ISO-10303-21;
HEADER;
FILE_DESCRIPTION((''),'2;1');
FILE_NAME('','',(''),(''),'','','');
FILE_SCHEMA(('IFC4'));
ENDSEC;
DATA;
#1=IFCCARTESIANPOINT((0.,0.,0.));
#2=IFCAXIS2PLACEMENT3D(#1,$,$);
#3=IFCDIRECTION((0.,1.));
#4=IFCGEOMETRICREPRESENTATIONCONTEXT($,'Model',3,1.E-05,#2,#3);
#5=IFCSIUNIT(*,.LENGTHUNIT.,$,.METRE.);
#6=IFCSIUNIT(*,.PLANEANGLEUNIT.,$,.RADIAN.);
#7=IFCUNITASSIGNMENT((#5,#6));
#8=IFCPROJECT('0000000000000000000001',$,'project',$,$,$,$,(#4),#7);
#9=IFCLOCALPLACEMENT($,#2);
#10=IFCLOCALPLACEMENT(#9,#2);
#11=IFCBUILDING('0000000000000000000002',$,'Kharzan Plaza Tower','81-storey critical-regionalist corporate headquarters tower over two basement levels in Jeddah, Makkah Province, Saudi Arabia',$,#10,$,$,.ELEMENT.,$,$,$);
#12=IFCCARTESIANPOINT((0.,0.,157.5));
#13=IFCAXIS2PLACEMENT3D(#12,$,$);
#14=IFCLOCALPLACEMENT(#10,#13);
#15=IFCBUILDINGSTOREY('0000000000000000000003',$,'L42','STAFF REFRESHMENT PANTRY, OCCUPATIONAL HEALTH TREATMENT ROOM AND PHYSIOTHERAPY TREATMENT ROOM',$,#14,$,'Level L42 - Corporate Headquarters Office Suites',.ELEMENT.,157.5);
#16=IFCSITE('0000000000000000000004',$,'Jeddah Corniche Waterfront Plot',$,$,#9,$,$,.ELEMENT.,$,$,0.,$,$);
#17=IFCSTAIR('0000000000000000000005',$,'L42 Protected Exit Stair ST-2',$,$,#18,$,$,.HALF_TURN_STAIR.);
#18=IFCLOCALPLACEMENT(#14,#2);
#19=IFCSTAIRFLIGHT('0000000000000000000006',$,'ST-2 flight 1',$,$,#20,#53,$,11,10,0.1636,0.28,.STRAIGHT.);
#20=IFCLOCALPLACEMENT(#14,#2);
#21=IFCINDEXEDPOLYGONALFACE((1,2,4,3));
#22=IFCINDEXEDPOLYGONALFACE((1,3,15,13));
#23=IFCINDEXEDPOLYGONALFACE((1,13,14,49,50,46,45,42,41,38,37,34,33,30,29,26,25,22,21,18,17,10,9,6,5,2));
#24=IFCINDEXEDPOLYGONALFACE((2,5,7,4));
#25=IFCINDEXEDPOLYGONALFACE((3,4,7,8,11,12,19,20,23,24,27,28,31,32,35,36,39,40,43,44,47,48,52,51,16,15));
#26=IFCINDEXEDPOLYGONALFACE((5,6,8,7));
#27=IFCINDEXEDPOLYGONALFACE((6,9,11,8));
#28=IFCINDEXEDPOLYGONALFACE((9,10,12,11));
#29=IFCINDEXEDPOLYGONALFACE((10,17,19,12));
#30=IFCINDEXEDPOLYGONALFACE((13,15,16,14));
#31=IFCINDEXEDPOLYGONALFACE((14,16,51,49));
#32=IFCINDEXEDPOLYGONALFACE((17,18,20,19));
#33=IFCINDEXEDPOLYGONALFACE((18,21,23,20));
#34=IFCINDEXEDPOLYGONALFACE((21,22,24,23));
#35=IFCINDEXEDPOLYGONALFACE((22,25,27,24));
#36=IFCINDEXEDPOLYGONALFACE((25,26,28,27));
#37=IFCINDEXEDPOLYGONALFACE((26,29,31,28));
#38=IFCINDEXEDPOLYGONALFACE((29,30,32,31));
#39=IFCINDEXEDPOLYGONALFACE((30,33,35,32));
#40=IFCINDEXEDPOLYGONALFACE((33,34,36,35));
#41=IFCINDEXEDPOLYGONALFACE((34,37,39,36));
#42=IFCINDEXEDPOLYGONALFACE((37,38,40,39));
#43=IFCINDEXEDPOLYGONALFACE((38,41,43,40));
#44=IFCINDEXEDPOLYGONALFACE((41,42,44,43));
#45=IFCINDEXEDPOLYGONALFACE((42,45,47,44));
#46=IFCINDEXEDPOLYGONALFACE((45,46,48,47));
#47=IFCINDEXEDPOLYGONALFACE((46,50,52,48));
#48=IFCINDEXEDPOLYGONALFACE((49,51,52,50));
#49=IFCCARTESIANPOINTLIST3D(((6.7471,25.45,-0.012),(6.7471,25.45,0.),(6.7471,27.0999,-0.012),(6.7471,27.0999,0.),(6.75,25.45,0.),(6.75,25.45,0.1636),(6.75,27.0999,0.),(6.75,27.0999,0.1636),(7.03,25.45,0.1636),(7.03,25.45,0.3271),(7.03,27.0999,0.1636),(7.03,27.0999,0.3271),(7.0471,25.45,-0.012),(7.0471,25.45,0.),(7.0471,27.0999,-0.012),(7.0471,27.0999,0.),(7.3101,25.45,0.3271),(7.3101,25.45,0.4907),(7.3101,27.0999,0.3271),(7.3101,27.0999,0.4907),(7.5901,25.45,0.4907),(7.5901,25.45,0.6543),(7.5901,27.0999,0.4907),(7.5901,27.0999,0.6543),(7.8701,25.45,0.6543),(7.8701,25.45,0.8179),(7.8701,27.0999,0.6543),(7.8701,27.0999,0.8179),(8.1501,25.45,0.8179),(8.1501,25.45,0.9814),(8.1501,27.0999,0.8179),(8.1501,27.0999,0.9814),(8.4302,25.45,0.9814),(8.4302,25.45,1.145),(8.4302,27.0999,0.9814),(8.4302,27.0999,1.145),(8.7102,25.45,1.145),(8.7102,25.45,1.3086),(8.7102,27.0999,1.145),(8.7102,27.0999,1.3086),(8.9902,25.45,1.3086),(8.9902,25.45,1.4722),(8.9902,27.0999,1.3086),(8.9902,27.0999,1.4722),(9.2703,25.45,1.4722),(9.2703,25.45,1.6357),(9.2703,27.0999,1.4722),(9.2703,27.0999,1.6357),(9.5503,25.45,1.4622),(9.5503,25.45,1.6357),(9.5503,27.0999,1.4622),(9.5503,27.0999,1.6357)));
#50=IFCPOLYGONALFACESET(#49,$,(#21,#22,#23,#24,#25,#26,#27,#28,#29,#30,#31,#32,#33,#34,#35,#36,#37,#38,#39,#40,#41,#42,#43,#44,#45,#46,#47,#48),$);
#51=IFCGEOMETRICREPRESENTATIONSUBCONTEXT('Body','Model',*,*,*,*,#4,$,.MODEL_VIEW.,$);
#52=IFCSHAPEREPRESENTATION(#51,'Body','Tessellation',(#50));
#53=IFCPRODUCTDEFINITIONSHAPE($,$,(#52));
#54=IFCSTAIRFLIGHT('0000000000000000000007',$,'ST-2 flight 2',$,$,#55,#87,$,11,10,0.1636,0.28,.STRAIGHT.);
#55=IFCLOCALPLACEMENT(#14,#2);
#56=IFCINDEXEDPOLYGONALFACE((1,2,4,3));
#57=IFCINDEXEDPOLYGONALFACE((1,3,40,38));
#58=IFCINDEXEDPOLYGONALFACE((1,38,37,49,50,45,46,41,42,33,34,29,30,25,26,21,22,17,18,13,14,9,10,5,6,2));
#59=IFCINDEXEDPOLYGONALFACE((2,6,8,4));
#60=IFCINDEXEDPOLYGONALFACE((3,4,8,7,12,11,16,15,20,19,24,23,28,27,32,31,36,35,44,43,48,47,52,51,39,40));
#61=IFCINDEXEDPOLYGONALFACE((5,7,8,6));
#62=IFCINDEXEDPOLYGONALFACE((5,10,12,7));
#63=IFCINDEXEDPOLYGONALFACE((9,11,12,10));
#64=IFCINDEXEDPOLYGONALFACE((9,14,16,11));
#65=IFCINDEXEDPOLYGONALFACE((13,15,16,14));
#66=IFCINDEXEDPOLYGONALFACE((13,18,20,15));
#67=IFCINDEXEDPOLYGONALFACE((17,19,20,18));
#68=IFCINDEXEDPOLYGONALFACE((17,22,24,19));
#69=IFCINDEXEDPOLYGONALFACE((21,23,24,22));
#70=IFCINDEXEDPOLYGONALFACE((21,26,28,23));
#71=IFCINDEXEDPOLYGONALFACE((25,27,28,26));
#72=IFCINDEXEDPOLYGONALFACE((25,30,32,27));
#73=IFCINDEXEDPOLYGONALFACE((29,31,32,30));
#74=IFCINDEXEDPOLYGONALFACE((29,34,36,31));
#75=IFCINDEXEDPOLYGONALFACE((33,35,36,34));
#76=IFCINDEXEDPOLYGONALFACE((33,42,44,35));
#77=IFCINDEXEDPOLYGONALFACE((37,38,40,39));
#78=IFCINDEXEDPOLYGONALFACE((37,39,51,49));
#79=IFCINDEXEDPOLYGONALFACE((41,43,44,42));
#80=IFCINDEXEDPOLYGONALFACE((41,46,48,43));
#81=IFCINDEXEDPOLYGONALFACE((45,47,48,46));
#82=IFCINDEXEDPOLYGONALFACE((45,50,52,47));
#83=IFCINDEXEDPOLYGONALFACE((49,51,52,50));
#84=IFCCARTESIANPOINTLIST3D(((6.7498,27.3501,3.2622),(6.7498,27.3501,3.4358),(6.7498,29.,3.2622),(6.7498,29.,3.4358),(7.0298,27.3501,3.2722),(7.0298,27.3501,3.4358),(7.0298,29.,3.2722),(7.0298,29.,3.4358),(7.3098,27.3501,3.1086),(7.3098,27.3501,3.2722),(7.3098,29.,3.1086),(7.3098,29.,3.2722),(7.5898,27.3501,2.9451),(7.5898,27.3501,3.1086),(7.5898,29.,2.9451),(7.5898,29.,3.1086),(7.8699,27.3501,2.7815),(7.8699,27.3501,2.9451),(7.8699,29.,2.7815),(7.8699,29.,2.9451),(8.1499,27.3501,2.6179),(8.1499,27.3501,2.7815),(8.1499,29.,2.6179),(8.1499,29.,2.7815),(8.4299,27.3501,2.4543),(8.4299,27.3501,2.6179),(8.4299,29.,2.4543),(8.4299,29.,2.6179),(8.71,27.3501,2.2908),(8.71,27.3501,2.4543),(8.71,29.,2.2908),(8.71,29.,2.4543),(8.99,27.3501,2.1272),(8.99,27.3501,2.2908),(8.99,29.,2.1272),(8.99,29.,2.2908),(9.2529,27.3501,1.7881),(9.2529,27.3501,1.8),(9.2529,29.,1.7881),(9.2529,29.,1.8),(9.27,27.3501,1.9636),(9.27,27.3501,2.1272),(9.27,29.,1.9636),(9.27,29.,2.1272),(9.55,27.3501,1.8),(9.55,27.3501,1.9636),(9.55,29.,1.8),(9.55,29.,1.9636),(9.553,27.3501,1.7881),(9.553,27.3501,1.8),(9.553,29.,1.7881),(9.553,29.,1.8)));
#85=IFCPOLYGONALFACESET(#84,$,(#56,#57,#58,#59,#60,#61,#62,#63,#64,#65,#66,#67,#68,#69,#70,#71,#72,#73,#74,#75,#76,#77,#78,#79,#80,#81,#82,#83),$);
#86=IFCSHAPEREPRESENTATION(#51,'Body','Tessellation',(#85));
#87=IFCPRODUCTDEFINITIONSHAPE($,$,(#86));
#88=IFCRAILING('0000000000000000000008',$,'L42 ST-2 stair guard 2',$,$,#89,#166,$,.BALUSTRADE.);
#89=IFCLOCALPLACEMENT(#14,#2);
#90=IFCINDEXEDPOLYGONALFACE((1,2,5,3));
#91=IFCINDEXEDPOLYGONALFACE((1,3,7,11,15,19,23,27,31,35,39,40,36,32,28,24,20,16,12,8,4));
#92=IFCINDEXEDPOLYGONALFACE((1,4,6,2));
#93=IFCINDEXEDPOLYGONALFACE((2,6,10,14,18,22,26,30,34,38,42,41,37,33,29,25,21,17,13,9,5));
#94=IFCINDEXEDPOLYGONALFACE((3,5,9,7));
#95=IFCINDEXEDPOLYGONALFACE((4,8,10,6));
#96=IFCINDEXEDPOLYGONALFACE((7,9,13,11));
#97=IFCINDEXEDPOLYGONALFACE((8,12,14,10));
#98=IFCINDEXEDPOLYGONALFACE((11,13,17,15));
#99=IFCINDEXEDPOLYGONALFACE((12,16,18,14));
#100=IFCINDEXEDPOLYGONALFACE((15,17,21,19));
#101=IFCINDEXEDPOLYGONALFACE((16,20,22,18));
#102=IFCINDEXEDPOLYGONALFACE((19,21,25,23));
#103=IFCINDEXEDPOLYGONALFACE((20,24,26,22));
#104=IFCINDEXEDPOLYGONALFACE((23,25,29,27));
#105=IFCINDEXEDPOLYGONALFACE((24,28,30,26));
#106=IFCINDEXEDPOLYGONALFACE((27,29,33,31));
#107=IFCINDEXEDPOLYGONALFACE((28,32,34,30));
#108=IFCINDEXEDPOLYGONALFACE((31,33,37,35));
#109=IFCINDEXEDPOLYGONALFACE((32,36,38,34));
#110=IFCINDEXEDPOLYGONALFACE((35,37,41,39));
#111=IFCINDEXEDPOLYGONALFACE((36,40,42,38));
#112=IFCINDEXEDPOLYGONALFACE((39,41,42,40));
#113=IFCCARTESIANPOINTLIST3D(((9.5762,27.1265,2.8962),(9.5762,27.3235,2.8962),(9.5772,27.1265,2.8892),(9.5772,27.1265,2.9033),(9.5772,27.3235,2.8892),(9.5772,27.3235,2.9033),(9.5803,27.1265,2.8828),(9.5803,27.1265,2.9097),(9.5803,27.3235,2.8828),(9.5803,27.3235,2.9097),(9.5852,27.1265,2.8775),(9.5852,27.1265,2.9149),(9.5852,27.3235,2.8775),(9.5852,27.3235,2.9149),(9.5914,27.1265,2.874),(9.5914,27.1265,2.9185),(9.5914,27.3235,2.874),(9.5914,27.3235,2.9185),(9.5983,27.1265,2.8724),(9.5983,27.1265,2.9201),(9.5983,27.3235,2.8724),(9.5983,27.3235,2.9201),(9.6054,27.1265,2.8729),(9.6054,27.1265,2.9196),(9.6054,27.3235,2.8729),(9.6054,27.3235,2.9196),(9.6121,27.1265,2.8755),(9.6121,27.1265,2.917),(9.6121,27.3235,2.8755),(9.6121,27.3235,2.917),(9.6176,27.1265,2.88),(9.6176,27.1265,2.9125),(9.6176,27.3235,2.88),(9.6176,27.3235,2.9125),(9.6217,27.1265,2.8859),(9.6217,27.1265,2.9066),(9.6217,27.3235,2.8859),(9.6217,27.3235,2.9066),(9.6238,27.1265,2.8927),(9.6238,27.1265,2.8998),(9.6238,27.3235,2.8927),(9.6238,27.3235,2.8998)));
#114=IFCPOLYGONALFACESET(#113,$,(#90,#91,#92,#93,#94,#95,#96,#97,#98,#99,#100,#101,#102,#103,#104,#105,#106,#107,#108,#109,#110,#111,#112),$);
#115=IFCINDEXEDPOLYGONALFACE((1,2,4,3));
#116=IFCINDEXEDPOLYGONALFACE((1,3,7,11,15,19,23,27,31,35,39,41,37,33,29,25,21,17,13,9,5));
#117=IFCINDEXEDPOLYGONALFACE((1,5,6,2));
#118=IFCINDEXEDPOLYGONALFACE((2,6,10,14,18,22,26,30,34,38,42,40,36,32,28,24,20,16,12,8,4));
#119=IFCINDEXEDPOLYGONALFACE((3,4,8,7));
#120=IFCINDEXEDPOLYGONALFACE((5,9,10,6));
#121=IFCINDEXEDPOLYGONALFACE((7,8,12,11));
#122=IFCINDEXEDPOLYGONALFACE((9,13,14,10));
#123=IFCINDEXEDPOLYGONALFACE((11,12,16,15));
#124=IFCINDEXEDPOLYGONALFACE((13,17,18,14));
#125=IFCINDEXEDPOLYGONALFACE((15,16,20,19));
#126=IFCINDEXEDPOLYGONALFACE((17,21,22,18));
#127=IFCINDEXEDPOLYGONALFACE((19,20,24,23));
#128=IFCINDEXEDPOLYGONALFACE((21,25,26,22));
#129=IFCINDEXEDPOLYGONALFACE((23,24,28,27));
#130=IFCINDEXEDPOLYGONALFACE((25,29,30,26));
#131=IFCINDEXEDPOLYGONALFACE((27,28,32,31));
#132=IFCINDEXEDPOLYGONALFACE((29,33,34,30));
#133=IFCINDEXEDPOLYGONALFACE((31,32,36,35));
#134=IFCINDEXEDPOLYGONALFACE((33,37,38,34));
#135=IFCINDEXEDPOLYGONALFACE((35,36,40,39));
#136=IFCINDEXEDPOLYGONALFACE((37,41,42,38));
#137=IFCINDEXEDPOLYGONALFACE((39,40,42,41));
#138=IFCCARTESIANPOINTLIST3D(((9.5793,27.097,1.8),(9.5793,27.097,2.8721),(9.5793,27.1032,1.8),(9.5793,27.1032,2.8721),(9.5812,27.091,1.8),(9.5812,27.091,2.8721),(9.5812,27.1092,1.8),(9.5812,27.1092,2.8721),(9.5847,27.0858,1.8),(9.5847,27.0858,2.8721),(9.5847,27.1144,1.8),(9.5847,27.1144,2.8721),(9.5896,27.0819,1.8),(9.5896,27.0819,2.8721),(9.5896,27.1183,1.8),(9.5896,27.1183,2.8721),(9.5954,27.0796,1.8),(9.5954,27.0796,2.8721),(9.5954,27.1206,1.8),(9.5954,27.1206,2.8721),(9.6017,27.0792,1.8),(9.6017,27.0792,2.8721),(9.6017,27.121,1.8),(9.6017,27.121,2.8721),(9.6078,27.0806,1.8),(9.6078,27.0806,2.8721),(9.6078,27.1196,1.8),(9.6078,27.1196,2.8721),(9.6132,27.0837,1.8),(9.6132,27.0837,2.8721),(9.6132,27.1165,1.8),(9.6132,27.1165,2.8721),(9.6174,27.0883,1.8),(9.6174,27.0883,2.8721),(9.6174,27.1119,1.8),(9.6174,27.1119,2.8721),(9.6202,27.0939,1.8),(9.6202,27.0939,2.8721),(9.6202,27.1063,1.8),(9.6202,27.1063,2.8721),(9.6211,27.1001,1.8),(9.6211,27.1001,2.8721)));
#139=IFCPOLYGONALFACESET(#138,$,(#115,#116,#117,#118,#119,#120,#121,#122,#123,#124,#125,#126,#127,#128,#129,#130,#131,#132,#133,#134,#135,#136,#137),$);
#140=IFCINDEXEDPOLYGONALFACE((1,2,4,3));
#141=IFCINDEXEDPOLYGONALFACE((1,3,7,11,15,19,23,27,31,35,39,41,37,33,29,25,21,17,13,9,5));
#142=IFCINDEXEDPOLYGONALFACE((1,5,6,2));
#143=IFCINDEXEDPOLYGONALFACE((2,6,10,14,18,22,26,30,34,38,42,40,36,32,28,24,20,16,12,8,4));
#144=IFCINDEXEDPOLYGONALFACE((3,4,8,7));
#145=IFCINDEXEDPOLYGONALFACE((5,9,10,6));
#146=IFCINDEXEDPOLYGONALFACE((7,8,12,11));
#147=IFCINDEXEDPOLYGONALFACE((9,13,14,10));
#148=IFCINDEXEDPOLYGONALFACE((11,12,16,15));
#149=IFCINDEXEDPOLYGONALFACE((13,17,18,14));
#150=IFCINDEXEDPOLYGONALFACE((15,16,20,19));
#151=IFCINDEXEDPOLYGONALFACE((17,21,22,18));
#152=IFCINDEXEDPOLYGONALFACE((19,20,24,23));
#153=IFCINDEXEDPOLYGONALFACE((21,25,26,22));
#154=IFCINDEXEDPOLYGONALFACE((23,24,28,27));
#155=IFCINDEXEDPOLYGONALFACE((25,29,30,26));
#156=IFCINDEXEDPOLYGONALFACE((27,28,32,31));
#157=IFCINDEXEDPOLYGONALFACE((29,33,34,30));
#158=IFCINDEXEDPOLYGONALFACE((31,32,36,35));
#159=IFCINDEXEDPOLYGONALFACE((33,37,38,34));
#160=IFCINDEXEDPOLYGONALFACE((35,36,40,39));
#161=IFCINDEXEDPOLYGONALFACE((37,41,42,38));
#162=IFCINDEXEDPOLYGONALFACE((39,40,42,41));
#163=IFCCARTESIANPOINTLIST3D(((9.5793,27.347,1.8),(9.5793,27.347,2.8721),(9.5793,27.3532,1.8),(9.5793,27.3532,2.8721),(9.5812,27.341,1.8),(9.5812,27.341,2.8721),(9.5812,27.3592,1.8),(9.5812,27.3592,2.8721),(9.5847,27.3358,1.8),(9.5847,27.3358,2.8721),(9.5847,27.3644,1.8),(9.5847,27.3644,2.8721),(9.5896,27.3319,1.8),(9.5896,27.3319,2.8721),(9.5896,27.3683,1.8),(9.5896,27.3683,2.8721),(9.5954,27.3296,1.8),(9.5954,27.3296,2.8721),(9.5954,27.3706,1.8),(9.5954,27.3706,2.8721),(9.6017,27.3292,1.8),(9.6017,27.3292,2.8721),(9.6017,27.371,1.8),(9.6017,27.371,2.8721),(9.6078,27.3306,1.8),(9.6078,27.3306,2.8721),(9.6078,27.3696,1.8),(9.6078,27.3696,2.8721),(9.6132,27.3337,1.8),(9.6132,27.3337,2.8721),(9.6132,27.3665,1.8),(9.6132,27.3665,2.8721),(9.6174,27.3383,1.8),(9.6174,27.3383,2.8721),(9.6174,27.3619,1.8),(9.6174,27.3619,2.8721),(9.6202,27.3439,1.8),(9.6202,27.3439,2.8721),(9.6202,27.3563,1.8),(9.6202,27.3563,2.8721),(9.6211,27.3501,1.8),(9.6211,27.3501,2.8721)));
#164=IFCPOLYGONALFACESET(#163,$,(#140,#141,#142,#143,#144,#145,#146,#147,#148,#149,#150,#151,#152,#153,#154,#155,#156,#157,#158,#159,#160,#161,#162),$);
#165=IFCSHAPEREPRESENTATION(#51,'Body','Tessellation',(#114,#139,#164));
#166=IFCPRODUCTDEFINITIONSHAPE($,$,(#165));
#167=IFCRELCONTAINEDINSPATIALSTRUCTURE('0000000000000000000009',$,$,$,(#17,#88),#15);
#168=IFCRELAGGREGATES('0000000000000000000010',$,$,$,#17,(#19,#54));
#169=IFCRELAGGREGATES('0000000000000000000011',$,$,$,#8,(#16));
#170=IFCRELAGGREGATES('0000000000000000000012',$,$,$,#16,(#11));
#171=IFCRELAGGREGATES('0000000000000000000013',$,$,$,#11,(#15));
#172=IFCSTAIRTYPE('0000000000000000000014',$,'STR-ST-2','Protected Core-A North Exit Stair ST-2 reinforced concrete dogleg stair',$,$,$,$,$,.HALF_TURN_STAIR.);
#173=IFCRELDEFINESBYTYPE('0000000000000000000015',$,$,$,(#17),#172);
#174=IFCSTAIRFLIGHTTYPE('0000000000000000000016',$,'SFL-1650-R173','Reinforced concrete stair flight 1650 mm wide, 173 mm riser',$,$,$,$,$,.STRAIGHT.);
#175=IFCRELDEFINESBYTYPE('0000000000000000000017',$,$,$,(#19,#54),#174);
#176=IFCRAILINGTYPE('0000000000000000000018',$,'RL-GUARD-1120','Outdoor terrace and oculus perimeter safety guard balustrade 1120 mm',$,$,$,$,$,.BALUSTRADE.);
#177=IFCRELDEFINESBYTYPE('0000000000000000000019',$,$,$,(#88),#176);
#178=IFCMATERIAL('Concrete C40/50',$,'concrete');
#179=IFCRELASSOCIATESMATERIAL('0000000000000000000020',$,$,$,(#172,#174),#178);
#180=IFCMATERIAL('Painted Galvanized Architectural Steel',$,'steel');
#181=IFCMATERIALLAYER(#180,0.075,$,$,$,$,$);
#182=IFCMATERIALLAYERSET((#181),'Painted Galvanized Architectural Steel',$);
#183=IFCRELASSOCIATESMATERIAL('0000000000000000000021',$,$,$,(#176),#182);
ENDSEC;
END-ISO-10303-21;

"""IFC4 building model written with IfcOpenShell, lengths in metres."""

from ifc_helpers import new_model, si_unit, direction, frame, origin, origin_2d, place, context, subcontext, project, spatial, polyline, circle, outline, extrude, source, transform, mapped, material, layer, layer_set, type_object, element, aggregate, save


model = new_model("IFC4")

# Units and contexts
model_context = context("Model", 3, precision=1e-05, world=origin(), true_north=direction((0.0, 1.0)))
body_context = subcontext(model_context, "Body", "Model", "MODEL_VIEW")
ifc_project = project(units=[si_unit("LENGTHUNIT", "METRE"), si_unit("PLANEANGLEUNIT", "RADIAN")], contexts=[model_context])

# Site, building, storey
site_placement = place(None, origin())
site = spatial("IfcSite", under=ifc_project, at=site_placement, Name="Jeddah Corniche Waterfront Plot", CompositionType="ELEMENT", RefElevation=0.0)
building_placement = place(site_placement, origin())
building = spatial("IfcBuilding", under=site, at=building_placement, Name="Kharzan Plaza Tower", Description="81-storey critical-regionalist corporate headquarters tower over two basement levels in Jeddah, Makkah Province, Saudi Arabia", CompositionType="ELEMENT")
storey_placement = place(building_placement, frame((0.0, 0.0, 157.5)))
storey = spatial("IfcBuildingStorey", under=building, at=storey_placement, Name="L42", Description="STAFF REFRESHMENT PANTRY, OCCUPATIONAL HEALTH TREATMENT ROOM AND PHYSIOTHERAPY TREATMENT ROOM", LongName="Level L42 - Corporate Headquarters Office Suites", CompositionType="ELEMENT", Elevation=157.5)

# Shared definitions
ifc_material_1 = material(Name="Concrete C40/50", Category="concrete")

# Stair, stair flights
stair_type = type_object("IfcStairType", Name="STR-ST-2", Description="Protected Core-A North Exit Stair ST-2 reinforced concrete dogleg stair", PredefinedType="HALF_TURN_STAIR", material=ifc_material_1)
stair_placement = place(storey_placement, origin())
stair = element("IfcStair", 1, at=stair_placement, inside=storey, type_object=stair_type, Name="L42 Protected Exit Stair ST-2", PredefinedType="HALF_TURN_STAIR")
stair_flight_type = type_object("IfcStairFlightType", Name="SFL-1650-R173", Description="Reinforced concrete stair flight 1650 mm wide, 173 mm riser", PredefinedType="STRAIGHT", material=ifc_material_1)
shared_shape_1 = source(origin(), body_context, "Body", "SweptSolid", [
    extrude(outline(polyline([(-0.0029, -0.012), (-0.0029, 0.0), (0.0, 0.0), (0.0, 0.1636), (0.28, 0.1636), (0.28, 0.3271), (0.5601, 0.3271), (0.5601, 0.4907), (0.8401, 0.4907), (0.8401, 0.6543), (1.1201, 0.6543), (1.1201, 0.8179), (1.4001, 0.8179), (1.4001, 0.9814), (1.6802, 0.9814), (1.6802, 1.145), (1.9602, 1.145), (1.9602, 1.3086), (2.2402, 1.3086), (2.2402, 1.4722), (2.5203, 1.4722), (2.5203, 1.6357), (2.8003, 1.6357), (2.8003, 1.7993), (2.8003, 1.4622), (0.2971, 0.0), (0.2971, -0.012), (-0.0029, -0.012)])), frame((0.0, 0.825, 0.0), z_axis=(0.0, -1.0, 0.0), x_axis=(1.0, 0.0, 0.0)), (0.0, 0.0, 1.0), 1.6499),
])
stair_flight_1_placement = place(storey_placement, frame((6.75, 26.2749, 0.0), z_axis=(0.0, 0.0, 1.0), x_axis=(1.0, 0.0, 0.0)))
stair_flight_1 = element("IfcStairFlight", 2, at=stair_flight_1_placement, type_object=stair_flight_type, Name="ST-2 flight 1", NumberOfRisers=11, NumberOfTreads=10, PredefinedType="STRAIGHT", RiserHeight=0.1636, TreadLength=0.28, context=body_context, shape_type="MappedRepresentation", body=[
    mapped(shared_shape_1, transform((0.0, 0.0, 0.0), x_axis=(1.0, 0.0, 0.0), y_axis=(0.0, 1.0, 0.0), z_axis=(0.0, 0.0, 1.0))),
])
stair_flight_2_placement = place(storey_placement, frame((9.55, 28.175, 1.8), z_axis=(0.0, 0.0, 1.0), x_axis=(-1.0, 0.0, 0.0)))
stair_flight_2 = element("IfcStairFlight", 3, at=stair_flight_2_placement, type_object=stair_flight_type, Name="ST-2 flight 2", NumberOfRisers=11, NumberOfTreads=10, PredefinedType="STRAIGHT", RiserHeight=0.1636, TreadLength=0.28, context=body_context, shape_type="MappedRepresentation", body=[
    mapped(shared_shape_1, transform((0.0, 0.0, 0.0), x_axis=(1.0, 0.0, 0.0), y_axis=(0.0, 1.0, 0.0), z_axis=(0.0, 0.0, 1.0))),
])
aggregate(stair, [stair_flight_1, stair_flight_2])

# Railing
ifc_material_2 = material(Name="Painted Galvanized Architectural Steel", Category="steel")
ifc_layer_1 = layer(ifc_material_2, 0.075)
ifc_layer_set_1 = layer_set([ifc_layer_1], Name="Painted Galvanized Architectural Steel")
railing_type_1 = type_object("IfcRailingType", Name="RL-GUARD-1120", Description="Outdoor terrace and oculus perimeter safety guard balustrade 1120 mm", PredefinedType="BALUSTRADE", material=ifc_layer_set_1)
shared_shape_2 = source(origin(), body_context, "Body", "SweptSolid", [
    extrude(circle(Radius=0.0239, at=origin_2d()), frame((0.0, 0.0264, 1.0962), z_axis=(0.0, 1.0, 0.0), x_axis=(-1.0, 0.0, 0.0)), (0.0, 0.0, 1.0), 0.197),
    extrude(circle(Radius=0.021, at=origin_2d()), origin(), (0.0, 0.0, 1.0), 1.072),
    extrude(circle(Radius=0.021, at=origin_2d()), frame((0.0, 0.25, 0.0)), (0.0, 0.0, 1.0), 1.072),
])
railing_1_placement = place(storey_placement, frame((9.6001, 27.1001, 1.8)))
element("IfcRailing", 4, at=railing_1_placement, inside=storey, type_object=railing_type_1, Name="L42 ST-2 stair guard 2", PredefinedType="BALUSTRADE", context=body_context, shape_type="MappedRepresentation", body=[
    mapped(shared_shape_2, transform((0.0, 0.0, 0.0), x_axis=(1.0, 0.0, 0.0), y_axis=(0.0, 1.0, 0.0), z_axis=(0.0, 0.0, 1.0))),
])

save(model, "model.ifc")
